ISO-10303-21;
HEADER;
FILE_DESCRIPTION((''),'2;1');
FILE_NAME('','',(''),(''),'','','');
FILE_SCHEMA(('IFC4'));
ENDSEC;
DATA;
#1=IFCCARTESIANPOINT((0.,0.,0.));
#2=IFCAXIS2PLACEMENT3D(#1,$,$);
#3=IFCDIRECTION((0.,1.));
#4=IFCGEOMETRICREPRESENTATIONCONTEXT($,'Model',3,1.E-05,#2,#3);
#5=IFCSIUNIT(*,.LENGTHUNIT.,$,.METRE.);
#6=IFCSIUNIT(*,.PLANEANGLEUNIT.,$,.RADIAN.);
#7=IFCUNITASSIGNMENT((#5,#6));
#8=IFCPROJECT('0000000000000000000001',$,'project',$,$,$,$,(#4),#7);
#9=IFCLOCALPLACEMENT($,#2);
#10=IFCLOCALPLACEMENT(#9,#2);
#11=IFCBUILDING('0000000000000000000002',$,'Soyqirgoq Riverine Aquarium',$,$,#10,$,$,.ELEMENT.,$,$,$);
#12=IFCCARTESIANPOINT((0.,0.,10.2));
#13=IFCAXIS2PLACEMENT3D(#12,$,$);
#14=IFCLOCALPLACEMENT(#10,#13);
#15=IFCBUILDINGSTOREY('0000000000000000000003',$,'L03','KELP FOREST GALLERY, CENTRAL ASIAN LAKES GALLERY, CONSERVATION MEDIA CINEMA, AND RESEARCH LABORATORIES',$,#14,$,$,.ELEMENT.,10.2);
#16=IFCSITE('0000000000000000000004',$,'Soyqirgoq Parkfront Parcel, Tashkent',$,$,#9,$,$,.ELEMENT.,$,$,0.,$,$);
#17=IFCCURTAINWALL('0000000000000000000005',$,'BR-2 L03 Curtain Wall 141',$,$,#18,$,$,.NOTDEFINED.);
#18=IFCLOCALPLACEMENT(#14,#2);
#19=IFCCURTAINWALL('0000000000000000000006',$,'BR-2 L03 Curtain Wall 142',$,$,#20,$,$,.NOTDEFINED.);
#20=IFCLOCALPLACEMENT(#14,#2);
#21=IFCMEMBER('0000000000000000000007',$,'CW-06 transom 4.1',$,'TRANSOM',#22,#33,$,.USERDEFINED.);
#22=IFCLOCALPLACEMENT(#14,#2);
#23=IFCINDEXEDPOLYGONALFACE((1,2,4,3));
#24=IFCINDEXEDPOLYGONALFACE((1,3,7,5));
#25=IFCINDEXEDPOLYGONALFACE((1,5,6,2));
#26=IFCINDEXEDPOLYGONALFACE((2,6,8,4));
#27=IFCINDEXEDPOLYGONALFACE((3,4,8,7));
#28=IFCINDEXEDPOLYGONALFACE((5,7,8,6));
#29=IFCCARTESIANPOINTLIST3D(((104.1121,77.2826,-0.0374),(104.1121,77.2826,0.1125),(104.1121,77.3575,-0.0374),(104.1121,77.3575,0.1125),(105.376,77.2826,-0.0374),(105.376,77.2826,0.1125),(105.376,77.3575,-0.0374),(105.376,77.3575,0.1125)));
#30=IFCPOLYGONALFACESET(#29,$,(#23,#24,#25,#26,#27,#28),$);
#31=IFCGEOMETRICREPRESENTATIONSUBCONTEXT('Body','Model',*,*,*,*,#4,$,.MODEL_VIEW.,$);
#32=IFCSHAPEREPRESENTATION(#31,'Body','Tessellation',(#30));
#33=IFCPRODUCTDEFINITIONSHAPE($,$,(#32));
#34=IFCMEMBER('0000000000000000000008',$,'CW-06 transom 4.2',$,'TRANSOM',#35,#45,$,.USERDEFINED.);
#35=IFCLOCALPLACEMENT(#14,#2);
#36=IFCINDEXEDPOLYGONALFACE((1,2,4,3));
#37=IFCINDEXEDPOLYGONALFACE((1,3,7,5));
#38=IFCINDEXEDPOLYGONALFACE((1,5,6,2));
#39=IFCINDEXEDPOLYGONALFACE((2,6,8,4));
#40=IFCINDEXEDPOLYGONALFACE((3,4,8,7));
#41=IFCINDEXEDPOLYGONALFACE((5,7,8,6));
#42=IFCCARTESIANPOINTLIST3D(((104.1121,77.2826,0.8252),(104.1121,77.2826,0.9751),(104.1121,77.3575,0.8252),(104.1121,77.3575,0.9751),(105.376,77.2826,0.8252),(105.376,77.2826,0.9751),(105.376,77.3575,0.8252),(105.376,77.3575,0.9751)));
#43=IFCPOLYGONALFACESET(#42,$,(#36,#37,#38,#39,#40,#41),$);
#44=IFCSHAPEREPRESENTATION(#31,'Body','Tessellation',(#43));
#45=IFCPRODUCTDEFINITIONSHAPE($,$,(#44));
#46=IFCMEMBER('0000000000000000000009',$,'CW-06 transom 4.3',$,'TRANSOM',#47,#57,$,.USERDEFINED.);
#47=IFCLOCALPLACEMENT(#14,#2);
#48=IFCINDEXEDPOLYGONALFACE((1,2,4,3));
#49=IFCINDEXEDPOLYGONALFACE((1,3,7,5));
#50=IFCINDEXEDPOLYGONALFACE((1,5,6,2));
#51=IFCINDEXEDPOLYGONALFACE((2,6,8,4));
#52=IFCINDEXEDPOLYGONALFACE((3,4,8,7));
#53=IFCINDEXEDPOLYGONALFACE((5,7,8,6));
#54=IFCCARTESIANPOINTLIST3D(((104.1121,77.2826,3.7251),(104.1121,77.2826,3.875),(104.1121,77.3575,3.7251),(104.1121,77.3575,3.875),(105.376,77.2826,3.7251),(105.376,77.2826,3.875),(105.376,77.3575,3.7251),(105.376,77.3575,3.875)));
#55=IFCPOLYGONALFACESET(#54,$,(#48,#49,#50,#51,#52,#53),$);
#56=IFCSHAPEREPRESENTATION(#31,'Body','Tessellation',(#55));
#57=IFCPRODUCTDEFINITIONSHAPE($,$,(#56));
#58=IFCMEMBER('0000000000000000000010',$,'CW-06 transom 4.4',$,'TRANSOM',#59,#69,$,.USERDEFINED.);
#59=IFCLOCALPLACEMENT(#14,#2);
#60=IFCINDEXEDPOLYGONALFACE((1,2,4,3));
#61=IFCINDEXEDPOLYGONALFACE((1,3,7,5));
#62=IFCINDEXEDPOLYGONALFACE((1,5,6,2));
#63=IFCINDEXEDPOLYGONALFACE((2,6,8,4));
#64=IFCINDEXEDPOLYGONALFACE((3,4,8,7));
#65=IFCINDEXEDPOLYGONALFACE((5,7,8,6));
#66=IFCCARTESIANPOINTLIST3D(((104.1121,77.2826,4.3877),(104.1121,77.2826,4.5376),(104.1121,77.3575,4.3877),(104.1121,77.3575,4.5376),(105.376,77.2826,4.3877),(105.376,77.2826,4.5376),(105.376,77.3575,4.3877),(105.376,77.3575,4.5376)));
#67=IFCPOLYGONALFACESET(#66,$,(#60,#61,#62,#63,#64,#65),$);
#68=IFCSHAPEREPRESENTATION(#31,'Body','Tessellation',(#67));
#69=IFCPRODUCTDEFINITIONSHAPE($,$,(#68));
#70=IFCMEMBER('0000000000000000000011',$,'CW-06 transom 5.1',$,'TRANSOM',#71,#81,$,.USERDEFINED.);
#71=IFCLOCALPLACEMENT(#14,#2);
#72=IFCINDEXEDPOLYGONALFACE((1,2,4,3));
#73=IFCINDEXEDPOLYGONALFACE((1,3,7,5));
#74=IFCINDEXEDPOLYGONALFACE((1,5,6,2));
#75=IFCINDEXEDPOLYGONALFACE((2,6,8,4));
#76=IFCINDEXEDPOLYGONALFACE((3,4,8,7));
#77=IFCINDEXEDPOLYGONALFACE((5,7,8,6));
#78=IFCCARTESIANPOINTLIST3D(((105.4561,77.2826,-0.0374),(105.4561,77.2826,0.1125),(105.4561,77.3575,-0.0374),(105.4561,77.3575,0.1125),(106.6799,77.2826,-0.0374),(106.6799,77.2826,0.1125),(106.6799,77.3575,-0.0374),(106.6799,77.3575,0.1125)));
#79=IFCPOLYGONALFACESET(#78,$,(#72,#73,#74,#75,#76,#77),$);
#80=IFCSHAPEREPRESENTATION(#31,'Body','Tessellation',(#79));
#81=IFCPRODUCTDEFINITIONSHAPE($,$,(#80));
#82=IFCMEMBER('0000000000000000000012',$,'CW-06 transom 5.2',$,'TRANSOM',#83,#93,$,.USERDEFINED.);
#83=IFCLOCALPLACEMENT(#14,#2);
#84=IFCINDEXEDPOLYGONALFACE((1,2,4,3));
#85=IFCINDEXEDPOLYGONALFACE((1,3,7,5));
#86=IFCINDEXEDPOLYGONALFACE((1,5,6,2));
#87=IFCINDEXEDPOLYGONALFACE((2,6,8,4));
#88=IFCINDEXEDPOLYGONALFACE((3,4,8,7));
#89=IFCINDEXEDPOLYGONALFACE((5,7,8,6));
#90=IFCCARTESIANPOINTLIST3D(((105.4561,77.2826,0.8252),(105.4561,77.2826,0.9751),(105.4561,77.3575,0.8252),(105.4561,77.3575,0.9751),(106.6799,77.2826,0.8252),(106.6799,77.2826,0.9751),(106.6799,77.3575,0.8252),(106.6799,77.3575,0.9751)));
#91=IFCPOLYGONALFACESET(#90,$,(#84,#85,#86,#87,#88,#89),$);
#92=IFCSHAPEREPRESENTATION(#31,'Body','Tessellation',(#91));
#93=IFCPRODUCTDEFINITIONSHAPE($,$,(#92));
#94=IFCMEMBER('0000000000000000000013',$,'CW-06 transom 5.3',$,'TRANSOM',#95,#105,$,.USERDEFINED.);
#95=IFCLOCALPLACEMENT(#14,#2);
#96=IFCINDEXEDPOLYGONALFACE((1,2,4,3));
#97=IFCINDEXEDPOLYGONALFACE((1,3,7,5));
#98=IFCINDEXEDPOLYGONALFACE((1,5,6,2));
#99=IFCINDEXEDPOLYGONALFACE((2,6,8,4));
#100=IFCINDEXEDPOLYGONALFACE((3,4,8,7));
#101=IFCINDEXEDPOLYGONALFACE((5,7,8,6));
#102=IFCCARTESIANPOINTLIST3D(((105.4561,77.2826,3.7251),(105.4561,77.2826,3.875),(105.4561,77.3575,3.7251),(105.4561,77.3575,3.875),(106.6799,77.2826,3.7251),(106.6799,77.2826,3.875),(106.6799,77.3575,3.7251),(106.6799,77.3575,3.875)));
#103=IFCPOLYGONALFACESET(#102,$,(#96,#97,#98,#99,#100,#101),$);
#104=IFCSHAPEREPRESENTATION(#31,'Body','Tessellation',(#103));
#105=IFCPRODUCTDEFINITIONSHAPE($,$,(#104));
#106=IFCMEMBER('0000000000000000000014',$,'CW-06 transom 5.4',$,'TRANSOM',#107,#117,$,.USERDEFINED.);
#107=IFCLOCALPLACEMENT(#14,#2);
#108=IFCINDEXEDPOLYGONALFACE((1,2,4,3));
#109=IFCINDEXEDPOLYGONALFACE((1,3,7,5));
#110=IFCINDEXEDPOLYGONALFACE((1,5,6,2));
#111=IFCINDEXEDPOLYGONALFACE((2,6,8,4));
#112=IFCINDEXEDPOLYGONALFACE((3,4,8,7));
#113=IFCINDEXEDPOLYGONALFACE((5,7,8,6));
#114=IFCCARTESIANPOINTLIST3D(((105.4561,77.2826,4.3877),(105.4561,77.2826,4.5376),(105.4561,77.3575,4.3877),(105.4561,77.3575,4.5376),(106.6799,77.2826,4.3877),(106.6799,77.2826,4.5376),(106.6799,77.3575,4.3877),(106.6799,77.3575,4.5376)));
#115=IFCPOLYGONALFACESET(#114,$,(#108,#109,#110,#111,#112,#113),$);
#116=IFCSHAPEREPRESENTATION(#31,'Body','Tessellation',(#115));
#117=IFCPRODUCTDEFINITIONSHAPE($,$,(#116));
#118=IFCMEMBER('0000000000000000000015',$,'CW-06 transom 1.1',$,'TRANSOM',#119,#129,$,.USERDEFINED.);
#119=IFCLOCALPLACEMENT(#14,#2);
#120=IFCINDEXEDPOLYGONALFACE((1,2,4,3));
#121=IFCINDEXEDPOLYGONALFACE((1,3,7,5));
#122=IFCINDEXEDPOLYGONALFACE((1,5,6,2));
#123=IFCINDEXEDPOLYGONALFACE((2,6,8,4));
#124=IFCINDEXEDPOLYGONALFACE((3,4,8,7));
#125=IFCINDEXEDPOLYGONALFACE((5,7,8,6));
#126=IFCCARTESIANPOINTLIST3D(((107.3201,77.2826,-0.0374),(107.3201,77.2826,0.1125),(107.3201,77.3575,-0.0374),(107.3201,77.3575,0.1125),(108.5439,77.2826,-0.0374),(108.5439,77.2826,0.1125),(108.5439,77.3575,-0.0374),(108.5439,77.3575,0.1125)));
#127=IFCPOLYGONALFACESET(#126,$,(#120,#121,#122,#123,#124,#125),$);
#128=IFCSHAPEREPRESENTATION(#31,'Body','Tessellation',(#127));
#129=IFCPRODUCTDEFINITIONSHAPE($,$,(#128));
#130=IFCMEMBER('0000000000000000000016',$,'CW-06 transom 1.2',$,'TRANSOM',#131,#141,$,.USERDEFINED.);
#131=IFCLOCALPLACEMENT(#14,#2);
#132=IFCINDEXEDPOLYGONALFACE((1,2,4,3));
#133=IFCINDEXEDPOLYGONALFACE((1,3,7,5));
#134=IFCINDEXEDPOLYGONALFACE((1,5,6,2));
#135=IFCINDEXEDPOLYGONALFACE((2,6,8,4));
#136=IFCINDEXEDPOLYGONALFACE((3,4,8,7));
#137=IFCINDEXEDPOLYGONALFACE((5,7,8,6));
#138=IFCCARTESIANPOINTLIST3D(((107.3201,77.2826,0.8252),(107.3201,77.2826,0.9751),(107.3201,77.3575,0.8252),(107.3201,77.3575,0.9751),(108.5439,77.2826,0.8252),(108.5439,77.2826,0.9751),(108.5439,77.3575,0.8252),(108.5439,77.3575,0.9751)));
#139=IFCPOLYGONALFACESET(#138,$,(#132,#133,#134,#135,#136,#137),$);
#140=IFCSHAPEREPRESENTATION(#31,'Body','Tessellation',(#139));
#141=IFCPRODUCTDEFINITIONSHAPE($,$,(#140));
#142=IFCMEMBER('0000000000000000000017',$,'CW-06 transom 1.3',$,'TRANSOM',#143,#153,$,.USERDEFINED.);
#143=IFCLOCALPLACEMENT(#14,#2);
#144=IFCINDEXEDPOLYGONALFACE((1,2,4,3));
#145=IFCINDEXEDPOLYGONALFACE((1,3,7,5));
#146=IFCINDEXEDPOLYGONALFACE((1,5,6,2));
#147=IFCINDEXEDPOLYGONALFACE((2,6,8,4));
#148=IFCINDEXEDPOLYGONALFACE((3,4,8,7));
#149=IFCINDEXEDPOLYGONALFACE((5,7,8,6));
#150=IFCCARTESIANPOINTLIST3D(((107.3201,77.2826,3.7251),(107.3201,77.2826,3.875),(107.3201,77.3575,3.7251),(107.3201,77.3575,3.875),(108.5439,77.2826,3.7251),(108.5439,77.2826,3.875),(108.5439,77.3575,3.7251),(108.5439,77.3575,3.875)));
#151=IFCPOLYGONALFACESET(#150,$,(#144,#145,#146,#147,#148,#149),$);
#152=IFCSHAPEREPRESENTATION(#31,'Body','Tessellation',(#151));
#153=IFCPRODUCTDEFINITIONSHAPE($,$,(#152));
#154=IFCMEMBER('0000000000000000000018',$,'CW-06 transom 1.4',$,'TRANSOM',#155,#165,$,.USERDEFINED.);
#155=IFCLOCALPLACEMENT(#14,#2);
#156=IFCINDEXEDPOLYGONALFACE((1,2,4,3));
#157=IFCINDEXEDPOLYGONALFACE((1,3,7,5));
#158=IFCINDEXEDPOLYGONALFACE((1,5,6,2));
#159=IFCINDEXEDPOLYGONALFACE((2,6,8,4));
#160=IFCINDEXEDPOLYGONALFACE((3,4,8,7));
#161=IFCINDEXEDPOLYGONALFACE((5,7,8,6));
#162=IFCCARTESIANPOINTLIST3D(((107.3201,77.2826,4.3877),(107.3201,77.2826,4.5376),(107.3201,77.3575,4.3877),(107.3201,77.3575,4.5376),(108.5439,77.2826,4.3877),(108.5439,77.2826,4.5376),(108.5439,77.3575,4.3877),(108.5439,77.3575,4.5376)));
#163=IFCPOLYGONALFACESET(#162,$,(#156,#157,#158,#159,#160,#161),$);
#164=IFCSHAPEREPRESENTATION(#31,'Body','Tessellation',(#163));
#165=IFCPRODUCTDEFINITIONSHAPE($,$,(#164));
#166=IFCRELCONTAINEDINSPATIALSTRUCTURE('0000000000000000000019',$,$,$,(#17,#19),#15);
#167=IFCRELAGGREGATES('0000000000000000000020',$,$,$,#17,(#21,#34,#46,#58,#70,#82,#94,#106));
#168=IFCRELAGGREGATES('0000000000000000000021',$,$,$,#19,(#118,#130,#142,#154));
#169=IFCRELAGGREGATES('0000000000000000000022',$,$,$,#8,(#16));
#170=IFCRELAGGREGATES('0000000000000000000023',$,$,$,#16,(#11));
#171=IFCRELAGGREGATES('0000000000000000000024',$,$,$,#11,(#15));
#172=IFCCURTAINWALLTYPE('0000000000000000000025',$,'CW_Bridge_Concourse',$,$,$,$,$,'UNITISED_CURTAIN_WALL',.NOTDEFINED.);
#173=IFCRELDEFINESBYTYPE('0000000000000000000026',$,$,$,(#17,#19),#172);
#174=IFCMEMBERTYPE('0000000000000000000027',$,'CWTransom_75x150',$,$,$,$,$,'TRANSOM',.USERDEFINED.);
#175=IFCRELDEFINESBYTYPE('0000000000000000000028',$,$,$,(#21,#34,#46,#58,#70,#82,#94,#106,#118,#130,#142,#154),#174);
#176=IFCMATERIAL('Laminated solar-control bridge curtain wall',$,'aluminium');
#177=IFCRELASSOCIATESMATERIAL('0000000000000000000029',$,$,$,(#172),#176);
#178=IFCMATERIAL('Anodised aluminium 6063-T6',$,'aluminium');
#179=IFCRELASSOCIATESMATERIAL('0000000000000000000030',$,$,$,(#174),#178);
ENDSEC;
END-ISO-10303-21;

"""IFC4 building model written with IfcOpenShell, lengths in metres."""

from ifc_helpers import new_model, si_unit, direction, frame, origin, origin_2d, place, context, subcontext, project, spatial, rectangle, extrude, material, material_profile, profile_set, type_object, element, aggregate, save


model = new_model("IFC4")

# Units and contexts
model_context = context("Model", 3, precision=1e-05, world=origin(), true_north=direction((0.0, 1.0)))
body_context = subcontext(model_context, "Body", "Model", "MODEL_VIEW")
ifc_project = project(units=[si_unit("LENGTHUNIT", "METRE"), si_unit("PLANEANGLEUNIT", "RADIAN")], contexts=[model_context])

# Site, building, storey
site_placement = place(None, origin())
site = spatial("IfcSite", under=ifc_project, at=site_placement, Name="Soyqirgoq Parkfront Parcel, Tashkent", CompositionType="ELEMENT", RefElevation=0.0)
building_placement = place(site_placement, origin())
building = spatial("IfcBuilding", under=site, at=building_placement, Name="Soyqirgoq Riverine Aquarium", CompositionType="ELEMENT")
storey_placement = place(building_placement, frame((0.0, 0.0, 10.2)))
storey = spatial("IfcBuildingStorey", under=building, at=storey_placement, Name="L03", Description="KELP FOREST GALLERY, CENTRAL ASIAN LAKES GALLERY, CONSERVATION MEDIA CINEMA, AND RESEARCH LABORATORIES", CompositionType="ELEMENT", Elevation=10.2)

# Curtain wall
ifc_material_1 = material(Name="Laminated solar-control bridge curtain wall", Category="aluminium")
curtain_wall_type = type_object("IfcCurtainWallType", Name="CW_Bridge_Concourse", ElementType="UNITISED_CURTAIN_WALL", PredefinedType="NOTDEFINED", material=ifc_material_1)
curtain_wall_1_placement = place(storey_placement, origin())
curtain_wall_1 = element("IfcCurtainWall", 1, at=curtain_wall_1_placement, inside=storey, type_object=curtain_wall_type, Name="BR-2 L03 Curtain Wall 141", PredefinedType="NOTDEFINED")

# Curtain wall
curtain_wall_2_placement = place(storey_placement, origin())
curtain_wall_2 = element("IfcCurtainWall", 2, at=curtain_wall_2_placement, inside=storey, type_object=curtain_wall_type, Name="BR-2 L03 Curtain Wall 142", PredefinedType="NOTDEFINED")

# Members
ifc_material_2 = material(Name="Anodised aluminium 6063-T6", Category="aluminium")
ifc_material_profile_1 = material_profile(ifc_material_2, rectangle(XDim=0.075, YDim=0.1499, at=origin_2d()), Name="ALU-T 75x150")
ifc_profile_set_1 = profile_set([ifc_material_profile_1], Name="Anodised aluminium 6063-T6")
member_type_1 = type_object("IfcMemberType", Name="CWTransom_75x150", ElementType="TRANSOM", PredefinedType="USERDEFINED", material=ifc_profile_set_1)
member_1_placement = place(storey_placement, frame((104.1121, 77.3201, 0.0376), z_axis=(1.0, 0.0, 0.0), x_axis=(0.0, 1.0, 0.0)))
member_1 = element("IfcMember", 3, at=member_1_placement, type_object=member_type_1, Name="CW-06 transom 4.1", ObjectType="TRANSOM", PredefinedType="USERDEFINED", context=body_context, shape_type="SweptSolid", body=[
    extrude(rectangle(XDim=0.075, YDim=0.1499, at=origin_2d()), origin(), (0.0, 0.0, 1.0), 1.2639),
])
member_2_placement = place(storey_placement, frame((104.1121, 77.3201, 0.9001), z_axis=(1.0, 0.0, 0.0), x_axis=(0.0, 1.0, 0.0)))
member_2 = element("IfcMember", 4, at=member_2_placement, type_object=member_type_1, Name="CW-06 transom 4.2", ObjectType="TRANSOM", PredefinedType="USERDEFINED", context=body_context, shape_type="SweptSolid", body=[
    extrude(rectangle(XDim=0.075, YDim=0.1499, at=origin_2d()), origin(), (0.0, 0.0, 1.0), 1.2639),
])
member_3_placement = place(storey_placement, frame((104.1121, 77.3201, 3.8), z_axis=(1.0, 0.0, 0.0), x_axis=(0.0, 1.0, 0.0)))
member_3 = element("IfcMember", 5, at=member_3_placement, type_object=member_type_1, Name="CW-06 transom 4.3", ObjectType="TRANSOM", PredefinedType="USERDEFINED", context=body_context, shape_type="SweptSolid", body=[
    extrude(rectangle(XDim=0.075, YDim=0.1499, at=origin_2d()), origin(), (0.0, 0.0, 1.0), 1.2639),
])
member_4_placement = place(storey_placement, frame((104.1121, 77.3201, 4.4626), z_axis=(1.0, 0.0, 0.0), x_axis=(0.0, 1.0, 0.0)))
member_4 = element("IfcMember", 6, at=member_4_placement, type_object=member_type_1, Name="CW-06 transom 4.4", ObjectType="TRANSOM", PredefinedType="USERDEFINED", context=body_context, shape_type="SweptSolid", body=[
    extrude(rectangle(XDim=0.075, YDim=0.1499, at=origin_2d()), origin(), (0.0, 0.0, 1.0), 1.2639),
])
member_5_placement = place(storey_placement, frame((105.4561, 77.3201, 0.0376), z_axis=(1.0, 0.0, 0.0), x_axis=(0.0, 1.0, 0.0)))
member_5 = element("IfcMember", 7, at=member_5_placement, type_object=member_type_1, Name="CW-06 transom 5.1", ObjectType="TRANSOM", PredefinedType="USERDEFINED", context=body_context, shape_type="SweptSolid", body=[
    extrude(rectangle(XDim=0.075, YDim=0.1499, at=origin_2d()), origin(), (0.0, 0.0, 1.0), 1.2239),
])
member_6_placement = place(storey_placement, frame((105.4561, 77.3201, 0.9001), z_axis=(1.0, 0.0, 0.0), x_axis=(0.0, 1.0, 0.0)))
member_6 = element("IfcMember", 8, at=member_6_placement, type_object=member_type_1, Name="CW-06 transom 5.2", ObjectType="TRANSOM", PredefinedType="USERDEFINED", context=body_context, shape_type="SweptSolid", body=[
    extrude(rectangle(XDim=0.075, YDim=0.1499, at=origin_2d()), origin(), (0.0, 0.0, 1.0), 1.2239),
])
member_7_placement = place(storey_placement, frame((105.4561, 77.3201, 3.8), z_axis=(1.0, 0.0, 0.0), x_axis=(0.0, 1.0, 0.0)))
member_7 = element("IfcMember", 9, at=member_7_placement, type_object=member_type_1, Name="CW-06 transom 5.3", ObjectType="TRANSOM", PredefinedType="USERDEFINED", context=body_context, shape_type="SweptSolid", body=[
    extrude(rectangle(XDim=0.075, YDim=0.1499, at=origin_2d()), origin(), (0.0, 0.0, 1.0), 1.2239),
])
member_8_placement = place(storey_placement, frame((105.4561, 77.3201, 4.4626), z_axis=(1.0, 0.0, 0.0), x_axis=(0.0, 1.0, 0.0)))
member_8 = element("IfcMember", 10, at=member_8_placement, type_object=member_type_1, Name="CW-06 transom 5.4", ObjectType="TRANSOM", PredefinedType="USERDEFINED", context=body_context, shape_type="SweptSolid", body=[
    extrude(rectangle(XDim=0.075, YDim=0.1499, at=origin_2d()), origin(), (0.0, 0.0, 1.0), 1.2239),
])
member_9_placement = place(storey_placement, frame((107.3201, 77.3201, 0.0376), z_axis=(1.0, 0.0, 0.0), x_axis=(0.0, 1.0, 0.0)))
member_9 = element("IfcMember", 11, at=member_9_placement, type_object=member_type_1, Name="CW-06 transom 1.1", ObjectType="TRANSOM", PredefinedType="USERDEFINED", context=body_context, shape_type="SweptSolid", body=[
    extrude(rectangle(XDim=0.075, YDim=0.1499, at=origin_2d()), origin(), (0.0, 0.0, 1.0), 1.2239),
])
member_10_placement = place(storey_placement, frame((107.3201, 77.3201, 0.9001), z_axis=(1.0, 0.0, 0.0), x_axis=(0.0, 1.0, 0.0)))
member_10 = element("IfcMember", 12, at=member_10_placement, type_object=member_type_1, Name="CW-06 transom 1.2", ObjectType="TRANSOM", PredefinedType="USERDEFINED", context=body_context, shape_type="SweptSolid", body=[
    extrude(rectangle(XDim=0.075, YDim=0.1499, at=origin_2d()), origin(), (0.0, 0.0, 1.0), 1.2239),
])
member_11_placement = place(storey_placement, frame((107.3201, 77.3201, 3.8), z_axis=(1.0, 0.0, 0.0), x_axis=(0.0, 1.0, 0.0)))
member_11 = element("IfcMember", 13, at=member_11_placement, type_object=member_type_1, Name="CW-06 transom 1.3", ObjectType="TRANSOM", PredefinedType="USERDEFINED", context=body_context, shape_type="SweptSolid", body=[
    extrude(rectangle(XDim=0.075, YDim=0.1499, at=origin_2d()), origin(), (0.0, 0.0, 1.0), 1.2239),
])
member_12_placement = place(storey_placement, frame((107.3201, 77.3201, 4.4626), z_axis=(1.0, 0.0, 0.0), x_axis=(0.0, 1.0, 0.0)))
member_12 = element("IfcMember", 14, at=member_12_placement, type_object=member_type_1, Name="CW-06 transom 1.4", ObjectType="TRANSOM", PredefinedType="USERDEFINED", context=body_context, shape_type="SweptSolid", body=[
    extrude(rectangle(XDim=0.075, YDim=0.1499, at=origin_2d()), origin(), (0.0, 0.0, 1.0), 1.2239),
])

aggregate(curtain_wall_1, [member_1, member_2, member_3, member_4, member_5, member_6, member_7, member_8])
aggregate(curtain_wall_2, [member_9, member_10, member_11, member_12])

save(model, "model.ifc")
